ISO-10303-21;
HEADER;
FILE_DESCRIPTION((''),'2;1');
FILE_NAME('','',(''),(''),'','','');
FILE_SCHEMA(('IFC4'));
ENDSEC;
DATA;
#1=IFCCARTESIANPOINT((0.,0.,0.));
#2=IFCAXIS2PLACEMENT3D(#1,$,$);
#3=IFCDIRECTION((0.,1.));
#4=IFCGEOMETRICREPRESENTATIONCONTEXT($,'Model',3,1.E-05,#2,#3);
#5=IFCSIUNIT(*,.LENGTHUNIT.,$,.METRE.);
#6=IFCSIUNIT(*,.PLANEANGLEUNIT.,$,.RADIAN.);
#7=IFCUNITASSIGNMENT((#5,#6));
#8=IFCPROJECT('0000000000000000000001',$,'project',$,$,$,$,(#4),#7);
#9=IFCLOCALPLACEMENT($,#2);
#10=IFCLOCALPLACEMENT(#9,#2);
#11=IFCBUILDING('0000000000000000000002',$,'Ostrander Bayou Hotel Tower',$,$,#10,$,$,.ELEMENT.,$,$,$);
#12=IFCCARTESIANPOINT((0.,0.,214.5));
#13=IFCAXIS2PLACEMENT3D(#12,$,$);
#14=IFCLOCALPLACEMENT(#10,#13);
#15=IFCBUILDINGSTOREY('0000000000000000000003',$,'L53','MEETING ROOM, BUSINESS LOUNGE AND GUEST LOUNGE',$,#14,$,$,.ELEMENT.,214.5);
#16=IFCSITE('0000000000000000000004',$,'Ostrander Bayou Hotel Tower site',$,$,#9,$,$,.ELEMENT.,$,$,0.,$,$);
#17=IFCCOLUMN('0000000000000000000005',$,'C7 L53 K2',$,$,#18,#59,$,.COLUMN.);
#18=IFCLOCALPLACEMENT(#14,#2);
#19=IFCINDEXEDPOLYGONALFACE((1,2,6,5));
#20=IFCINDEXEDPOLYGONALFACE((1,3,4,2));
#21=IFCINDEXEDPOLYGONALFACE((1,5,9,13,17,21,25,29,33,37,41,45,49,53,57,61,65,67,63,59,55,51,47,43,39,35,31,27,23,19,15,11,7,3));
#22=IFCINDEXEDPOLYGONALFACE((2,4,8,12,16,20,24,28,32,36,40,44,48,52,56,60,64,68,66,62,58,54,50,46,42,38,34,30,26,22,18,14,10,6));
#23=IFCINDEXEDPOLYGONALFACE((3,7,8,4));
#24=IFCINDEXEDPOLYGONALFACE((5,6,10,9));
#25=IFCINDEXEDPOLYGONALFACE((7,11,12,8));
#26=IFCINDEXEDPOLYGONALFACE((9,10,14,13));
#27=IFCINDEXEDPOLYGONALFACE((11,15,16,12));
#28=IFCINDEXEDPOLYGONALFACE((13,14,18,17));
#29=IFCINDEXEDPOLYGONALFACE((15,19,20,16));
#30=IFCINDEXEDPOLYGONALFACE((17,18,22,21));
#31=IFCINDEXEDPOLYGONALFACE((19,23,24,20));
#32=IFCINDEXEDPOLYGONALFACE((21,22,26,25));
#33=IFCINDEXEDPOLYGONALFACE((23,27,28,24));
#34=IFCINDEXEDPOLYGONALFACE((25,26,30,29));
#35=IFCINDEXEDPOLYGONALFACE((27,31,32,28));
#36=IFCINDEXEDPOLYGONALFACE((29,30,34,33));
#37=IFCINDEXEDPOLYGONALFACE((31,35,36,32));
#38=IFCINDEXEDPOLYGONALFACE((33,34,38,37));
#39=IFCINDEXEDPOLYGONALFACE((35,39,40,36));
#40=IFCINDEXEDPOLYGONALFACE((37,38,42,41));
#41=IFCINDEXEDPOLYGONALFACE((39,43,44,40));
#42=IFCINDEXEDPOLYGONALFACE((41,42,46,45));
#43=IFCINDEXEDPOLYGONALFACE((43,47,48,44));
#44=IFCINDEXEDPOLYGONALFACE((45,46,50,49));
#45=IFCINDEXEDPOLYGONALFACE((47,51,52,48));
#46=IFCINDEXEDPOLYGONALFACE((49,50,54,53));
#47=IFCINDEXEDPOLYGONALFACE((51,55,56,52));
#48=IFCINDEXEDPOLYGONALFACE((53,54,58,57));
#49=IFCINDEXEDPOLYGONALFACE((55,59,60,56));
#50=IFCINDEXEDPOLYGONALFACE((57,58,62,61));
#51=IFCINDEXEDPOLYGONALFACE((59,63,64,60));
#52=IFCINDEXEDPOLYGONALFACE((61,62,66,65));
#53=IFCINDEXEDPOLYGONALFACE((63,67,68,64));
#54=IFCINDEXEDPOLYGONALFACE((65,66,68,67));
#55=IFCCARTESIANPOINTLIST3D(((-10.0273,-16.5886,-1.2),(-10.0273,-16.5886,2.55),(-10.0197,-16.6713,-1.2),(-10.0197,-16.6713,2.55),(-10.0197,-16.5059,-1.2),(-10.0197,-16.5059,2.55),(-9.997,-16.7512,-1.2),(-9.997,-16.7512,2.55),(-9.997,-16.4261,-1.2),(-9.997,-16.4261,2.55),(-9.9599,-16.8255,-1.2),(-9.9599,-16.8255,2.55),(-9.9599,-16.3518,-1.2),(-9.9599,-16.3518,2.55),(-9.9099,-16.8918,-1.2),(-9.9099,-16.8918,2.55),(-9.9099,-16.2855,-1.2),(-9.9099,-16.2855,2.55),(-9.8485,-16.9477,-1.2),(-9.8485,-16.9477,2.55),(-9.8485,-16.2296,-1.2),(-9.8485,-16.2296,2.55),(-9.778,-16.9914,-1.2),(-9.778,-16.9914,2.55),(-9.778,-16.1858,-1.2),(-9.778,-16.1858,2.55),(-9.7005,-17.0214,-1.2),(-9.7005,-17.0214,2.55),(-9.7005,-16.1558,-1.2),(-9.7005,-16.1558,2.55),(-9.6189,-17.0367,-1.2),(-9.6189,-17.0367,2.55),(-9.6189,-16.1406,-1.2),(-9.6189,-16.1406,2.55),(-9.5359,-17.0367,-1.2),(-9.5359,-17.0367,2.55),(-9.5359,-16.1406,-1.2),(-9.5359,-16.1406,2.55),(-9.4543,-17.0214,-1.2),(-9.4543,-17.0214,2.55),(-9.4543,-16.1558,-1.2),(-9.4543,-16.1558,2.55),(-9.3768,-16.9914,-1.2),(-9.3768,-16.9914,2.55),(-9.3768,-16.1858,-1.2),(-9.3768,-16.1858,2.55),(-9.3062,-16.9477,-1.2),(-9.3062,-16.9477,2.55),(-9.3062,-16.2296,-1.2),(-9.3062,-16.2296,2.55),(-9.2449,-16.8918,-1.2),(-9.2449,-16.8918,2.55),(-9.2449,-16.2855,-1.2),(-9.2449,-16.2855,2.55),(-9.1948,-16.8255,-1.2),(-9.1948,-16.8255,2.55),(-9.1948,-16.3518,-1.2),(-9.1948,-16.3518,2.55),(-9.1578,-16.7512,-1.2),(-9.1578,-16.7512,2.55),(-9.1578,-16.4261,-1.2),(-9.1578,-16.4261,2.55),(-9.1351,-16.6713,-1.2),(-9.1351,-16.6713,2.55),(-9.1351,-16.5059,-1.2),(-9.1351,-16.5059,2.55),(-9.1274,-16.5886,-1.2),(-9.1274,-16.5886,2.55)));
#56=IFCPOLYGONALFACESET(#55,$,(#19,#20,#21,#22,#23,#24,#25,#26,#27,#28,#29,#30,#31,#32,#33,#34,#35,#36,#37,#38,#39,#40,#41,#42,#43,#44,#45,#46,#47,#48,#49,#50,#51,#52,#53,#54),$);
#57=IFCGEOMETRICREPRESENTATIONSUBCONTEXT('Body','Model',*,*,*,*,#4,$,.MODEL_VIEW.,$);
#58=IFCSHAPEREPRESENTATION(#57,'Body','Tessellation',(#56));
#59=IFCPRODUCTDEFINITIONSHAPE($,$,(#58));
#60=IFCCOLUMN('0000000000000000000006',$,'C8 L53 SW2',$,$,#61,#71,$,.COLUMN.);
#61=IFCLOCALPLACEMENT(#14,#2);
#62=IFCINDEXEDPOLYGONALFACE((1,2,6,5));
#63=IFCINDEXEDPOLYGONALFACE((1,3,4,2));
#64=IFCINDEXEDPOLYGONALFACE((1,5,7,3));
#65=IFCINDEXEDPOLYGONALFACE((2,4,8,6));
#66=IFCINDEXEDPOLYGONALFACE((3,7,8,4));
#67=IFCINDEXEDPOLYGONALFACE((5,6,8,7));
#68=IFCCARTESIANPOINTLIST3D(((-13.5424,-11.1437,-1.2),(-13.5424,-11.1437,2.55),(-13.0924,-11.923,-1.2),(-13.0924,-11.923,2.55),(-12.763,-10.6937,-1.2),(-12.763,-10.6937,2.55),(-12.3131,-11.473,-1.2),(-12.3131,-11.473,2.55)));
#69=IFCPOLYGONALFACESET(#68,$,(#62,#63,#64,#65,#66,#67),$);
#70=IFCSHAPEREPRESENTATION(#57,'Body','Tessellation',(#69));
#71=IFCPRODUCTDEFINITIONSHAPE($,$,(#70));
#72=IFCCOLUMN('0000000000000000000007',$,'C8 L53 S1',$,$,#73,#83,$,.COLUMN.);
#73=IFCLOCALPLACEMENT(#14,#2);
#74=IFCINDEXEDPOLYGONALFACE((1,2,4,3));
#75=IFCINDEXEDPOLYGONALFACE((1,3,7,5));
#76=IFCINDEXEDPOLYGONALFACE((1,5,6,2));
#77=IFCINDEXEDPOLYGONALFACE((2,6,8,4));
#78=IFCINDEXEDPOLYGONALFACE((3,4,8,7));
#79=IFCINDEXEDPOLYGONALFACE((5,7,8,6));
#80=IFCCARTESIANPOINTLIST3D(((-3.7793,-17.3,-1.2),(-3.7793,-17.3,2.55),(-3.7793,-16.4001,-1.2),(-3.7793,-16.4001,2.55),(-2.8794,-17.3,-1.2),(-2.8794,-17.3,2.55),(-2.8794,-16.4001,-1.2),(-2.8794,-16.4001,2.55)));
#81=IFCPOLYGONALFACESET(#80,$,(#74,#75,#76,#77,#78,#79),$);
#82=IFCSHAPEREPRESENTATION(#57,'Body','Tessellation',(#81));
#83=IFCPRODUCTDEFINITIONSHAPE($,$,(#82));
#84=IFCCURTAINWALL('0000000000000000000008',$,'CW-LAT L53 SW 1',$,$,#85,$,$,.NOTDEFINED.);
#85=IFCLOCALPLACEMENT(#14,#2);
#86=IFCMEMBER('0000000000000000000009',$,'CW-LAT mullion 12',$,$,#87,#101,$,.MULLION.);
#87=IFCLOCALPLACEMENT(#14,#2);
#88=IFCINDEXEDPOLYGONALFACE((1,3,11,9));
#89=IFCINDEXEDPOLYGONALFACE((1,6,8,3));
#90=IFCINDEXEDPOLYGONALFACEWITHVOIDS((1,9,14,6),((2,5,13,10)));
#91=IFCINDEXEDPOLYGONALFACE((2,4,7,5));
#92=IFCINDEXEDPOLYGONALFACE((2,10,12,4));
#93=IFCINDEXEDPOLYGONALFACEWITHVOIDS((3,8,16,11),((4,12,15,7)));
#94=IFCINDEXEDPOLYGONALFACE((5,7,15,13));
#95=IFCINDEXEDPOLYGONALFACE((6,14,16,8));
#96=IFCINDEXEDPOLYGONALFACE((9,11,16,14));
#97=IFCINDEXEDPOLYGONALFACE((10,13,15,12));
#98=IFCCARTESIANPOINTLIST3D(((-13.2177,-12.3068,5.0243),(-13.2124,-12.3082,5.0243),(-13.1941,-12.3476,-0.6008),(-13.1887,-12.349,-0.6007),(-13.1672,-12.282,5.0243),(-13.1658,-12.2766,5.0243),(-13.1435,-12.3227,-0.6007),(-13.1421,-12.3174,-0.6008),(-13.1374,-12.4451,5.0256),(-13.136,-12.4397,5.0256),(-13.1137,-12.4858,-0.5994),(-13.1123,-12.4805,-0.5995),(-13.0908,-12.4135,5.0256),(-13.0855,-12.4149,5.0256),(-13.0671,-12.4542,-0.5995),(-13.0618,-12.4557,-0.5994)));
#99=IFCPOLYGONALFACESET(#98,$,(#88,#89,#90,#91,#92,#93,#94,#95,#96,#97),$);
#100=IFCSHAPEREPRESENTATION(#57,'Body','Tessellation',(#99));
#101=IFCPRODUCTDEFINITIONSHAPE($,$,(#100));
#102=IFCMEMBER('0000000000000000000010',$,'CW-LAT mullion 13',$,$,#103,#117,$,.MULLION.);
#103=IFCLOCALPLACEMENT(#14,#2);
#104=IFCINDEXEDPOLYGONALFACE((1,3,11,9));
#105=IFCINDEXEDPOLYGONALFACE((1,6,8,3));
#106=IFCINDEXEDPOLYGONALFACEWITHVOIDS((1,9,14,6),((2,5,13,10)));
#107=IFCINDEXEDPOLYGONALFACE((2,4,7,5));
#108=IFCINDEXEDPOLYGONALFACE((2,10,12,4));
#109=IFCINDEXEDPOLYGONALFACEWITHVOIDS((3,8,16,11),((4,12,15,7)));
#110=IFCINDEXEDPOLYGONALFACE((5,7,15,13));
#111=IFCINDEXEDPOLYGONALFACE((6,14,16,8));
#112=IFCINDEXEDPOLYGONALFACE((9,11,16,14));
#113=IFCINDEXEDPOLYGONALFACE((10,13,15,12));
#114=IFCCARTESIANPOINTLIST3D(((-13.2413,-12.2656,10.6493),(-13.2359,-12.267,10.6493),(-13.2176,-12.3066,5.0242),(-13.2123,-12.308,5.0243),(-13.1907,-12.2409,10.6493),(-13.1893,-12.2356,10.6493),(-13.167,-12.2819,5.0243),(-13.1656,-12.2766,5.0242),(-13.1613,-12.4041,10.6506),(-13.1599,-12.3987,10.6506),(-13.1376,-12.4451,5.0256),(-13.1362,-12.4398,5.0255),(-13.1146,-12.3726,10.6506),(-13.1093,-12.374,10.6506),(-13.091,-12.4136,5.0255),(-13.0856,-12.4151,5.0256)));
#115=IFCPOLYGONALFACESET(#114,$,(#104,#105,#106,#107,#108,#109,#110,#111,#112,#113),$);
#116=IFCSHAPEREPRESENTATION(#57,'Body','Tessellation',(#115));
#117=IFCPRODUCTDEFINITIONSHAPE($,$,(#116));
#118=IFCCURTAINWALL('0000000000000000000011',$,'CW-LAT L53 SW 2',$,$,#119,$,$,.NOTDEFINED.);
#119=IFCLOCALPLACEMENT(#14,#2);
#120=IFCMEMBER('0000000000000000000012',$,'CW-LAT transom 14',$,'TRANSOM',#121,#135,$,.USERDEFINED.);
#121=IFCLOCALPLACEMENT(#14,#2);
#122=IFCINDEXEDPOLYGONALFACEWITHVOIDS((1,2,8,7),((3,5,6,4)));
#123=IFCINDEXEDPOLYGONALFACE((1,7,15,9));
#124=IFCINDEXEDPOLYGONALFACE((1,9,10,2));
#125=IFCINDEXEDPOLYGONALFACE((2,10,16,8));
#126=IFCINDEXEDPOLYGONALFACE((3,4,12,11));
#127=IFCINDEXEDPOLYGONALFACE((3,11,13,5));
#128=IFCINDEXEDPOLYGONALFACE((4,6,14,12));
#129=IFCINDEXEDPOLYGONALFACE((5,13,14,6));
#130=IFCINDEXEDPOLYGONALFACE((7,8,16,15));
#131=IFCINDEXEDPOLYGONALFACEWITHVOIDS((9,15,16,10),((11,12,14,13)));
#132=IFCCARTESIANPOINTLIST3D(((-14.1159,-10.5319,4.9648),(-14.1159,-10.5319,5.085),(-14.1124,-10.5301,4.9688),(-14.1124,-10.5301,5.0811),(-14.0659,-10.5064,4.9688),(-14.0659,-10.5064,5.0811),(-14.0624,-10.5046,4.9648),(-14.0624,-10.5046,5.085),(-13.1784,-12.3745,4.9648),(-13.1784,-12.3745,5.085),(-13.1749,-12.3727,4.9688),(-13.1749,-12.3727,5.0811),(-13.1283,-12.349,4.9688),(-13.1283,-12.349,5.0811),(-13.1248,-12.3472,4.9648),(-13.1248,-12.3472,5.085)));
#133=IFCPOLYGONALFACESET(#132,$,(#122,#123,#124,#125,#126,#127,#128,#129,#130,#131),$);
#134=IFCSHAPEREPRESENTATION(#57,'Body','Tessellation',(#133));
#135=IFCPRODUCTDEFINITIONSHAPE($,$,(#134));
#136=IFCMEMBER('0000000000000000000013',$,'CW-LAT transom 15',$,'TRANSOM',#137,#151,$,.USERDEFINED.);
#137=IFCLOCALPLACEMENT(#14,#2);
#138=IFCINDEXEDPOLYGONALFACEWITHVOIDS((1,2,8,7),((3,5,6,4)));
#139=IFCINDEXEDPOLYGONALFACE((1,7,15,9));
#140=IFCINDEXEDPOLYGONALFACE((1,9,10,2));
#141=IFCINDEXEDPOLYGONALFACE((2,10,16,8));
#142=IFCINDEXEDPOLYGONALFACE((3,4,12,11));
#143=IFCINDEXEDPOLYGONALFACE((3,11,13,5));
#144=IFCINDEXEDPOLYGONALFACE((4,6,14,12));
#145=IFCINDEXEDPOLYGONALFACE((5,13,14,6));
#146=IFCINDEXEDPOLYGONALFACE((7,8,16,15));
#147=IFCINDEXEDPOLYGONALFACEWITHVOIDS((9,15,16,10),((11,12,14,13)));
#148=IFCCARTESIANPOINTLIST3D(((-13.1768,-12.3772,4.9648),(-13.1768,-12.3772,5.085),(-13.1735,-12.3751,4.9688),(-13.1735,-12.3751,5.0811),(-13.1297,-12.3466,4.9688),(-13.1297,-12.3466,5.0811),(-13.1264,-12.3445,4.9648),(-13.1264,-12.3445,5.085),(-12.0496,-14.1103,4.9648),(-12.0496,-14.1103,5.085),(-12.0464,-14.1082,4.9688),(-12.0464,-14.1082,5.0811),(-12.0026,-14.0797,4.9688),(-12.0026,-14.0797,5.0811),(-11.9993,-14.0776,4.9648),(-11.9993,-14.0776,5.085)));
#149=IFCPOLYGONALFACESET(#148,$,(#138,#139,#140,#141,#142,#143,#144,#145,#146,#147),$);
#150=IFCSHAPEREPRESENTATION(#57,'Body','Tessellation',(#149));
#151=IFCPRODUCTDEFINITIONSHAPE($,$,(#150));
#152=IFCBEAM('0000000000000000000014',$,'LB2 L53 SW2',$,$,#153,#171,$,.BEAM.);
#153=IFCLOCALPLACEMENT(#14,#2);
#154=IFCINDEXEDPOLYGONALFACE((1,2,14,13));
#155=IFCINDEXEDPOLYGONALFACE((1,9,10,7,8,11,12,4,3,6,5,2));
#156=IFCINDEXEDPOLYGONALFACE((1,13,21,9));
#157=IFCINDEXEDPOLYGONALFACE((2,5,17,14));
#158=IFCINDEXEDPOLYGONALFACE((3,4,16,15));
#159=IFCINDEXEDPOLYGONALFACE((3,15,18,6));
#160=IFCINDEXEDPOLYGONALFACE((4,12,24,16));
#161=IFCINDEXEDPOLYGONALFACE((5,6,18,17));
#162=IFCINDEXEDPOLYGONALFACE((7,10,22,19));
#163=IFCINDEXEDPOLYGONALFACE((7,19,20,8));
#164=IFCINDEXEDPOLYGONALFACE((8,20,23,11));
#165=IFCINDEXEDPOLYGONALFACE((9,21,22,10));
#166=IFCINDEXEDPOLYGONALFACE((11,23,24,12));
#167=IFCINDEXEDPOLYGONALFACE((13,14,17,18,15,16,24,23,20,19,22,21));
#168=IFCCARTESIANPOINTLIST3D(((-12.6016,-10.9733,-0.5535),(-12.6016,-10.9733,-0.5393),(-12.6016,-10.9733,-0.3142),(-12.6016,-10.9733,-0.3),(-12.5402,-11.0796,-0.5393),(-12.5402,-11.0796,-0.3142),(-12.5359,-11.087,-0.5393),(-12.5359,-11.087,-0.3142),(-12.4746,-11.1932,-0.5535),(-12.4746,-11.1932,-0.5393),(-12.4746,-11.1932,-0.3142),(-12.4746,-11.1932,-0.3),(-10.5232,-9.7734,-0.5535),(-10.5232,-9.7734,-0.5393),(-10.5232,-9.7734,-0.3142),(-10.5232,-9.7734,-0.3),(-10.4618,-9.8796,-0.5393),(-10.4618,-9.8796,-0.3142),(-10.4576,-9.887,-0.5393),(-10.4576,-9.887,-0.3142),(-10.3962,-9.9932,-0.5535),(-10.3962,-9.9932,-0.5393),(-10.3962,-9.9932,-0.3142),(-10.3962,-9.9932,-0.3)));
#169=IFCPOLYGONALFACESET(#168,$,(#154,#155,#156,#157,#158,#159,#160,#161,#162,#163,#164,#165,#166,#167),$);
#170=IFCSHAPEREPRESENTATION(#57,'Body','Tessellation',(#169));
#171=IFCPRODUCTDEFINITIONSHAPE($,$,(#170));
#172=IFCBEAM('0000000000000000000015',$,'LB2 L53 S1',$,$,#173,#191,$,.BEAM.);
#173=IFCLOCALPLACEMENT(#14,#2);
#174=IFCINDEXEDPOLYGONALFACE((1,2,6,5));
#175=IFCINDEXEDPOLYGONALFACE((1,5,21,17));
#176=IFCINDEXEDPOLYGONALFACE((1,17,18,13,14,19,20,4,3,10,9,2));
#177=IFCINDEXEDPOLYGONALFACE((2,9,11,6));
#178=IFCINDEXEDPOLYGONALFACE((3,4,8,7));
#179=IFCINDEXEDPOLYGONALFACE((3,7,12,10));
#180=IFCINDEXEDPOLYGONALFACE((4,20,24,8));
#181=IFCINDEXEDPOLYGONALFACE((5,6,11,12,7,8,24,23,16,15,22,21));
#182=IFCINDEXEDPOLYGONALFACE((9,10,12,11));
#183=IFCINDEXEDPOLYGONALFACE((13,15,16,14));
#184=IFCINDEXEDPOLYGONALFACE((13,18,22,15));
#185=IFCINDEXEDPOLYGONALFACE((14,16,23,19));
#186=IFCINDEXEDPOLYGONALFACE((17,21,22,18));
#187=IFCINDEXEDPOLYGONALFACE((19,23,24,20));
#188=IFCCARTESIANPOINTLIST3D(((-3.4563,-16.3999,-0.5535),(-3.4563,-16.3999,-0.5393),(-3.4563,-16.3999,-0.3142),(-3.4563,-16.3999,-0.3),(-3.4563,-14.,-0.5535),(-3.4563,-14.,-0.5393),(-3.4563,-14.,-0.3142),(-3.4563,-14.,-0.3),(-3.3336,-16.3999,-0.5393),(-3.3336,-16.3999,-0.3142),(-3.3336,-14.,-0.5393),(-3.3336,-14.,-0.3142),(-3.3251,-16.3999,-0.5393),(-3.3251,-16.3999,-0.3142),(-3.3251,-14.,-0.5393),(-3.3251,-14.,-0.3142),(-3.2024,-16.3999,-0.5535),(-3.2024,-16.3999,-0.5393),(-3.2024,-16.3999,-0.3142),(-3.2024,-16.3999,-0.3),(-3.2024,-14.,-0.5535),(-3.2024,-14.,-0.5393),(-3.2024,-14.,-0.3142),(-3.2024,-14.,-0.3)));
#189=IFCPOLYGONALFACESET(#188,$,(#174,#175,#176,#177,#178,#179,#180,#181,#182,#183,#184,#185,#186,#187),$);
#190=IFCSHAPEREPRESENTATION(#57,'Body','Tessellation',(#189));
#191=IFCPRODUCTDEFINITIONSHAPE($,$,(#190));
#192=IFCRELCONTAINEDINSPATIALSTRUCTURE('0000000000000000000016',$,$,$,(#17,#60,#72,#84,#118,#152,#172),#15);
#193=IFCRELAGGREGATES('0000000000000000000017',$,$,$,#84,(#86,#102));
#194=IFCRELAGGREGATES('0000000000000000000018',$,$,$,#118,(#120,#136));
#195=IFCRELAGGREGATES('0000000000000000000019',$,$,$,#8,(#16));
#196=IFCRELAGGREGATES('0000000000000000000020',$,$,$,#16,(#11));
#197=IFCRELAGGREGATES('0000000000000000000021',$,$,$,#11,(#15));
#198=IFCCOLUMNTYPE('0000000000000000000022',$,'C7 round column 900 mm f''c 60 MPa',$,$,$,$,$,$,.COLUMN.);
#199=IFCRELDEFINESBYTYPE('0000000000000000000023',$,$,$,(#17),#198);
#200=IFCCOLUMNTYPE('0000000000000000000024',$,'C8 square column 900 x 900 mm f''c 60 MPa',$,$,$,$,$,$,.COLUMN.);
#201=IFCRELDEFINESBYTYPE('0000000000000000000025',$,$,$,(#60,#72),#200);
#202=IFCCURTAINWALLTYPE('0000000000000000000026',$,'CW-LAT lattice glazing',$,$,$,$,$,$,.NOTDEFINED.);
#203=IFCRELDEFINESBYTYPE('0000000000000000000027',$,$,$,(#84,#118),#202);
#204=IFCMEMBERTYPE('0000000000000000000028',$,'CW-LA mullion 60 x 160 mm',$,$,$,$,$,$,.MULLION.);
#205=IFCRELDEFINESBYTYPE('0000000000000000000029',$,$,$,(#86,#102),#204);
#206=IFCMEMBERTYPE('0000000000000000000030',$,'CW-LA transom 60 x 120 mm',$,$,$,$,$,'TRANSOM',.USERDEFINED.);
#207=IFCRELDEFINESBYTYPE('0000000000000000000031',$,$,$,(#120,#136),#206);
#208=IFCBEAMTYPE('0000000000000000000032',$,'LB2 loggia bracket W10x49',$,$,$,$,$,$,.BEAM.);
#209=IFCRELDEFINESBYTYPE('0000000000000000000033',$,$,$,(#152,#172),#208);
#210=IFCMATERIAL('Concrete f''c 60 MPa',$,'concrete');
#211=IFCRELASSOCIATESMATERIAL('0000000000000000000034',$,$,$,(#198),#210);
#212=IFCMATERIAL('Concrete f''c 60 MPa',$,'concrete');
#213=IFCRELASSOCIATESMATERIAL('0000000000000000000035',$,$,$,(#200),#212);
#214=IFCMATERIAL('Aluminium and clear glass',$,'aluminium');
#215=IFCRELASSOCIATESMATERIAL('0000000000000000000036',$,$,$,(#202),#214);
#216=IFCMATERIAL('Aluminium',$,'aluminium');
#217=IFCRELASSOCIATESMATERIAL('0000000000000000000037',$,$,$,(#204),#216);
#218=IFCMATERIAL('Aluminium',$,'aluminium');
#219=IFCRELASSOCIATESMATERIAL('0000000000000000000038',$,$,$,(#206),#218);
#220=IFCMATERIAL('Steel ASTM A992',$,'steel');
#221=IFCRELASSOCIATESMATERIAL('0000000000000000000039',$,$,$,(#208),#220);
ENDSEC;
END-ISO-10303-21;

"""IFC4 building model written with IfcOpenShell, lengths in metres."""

from ifc_helpers import new_model, si_unit, direction, frame, origin, origin_2d, place, context, subcontext, project, spatial, rectangle, hollow_rectangle, circle, i_section, extrude, material, material_profile, profile_set, type_object, element, aggregate, save


model = new_model("IFC4")

# Units and contexts
model_context = context("Model", 3, precision=1e-05, world=origin(), true_north=direction((0.0, 1.0)))
body_context = subcontext(model_context, "Body", "Model", "MODEL_VIEW")
ifc_project = project(units=[si_unit("LENGTHUNIT", "METRE"), si_unit("PLANEANGLEUNIT", "RADIAN")], contexts=[model_context])

# Site, building, storey
site_placement = place(None, origin())
site = spatial("IfcSite", under=ifc_project, at=site_placement, Name="Ostrander Bayou Hotel Tower site", CompositionType="ELEMENT", RefElevation=0.0)
building_placement = place(site_placement, origin())
building = spatial("IfcBuilding", under=site, at=building_placement, Name="Ostrander Bayou Hotel Tower", CompositionType="ELEMENT")
storey_placement = place(building_placement, frame((0.0, 0.0, 214.5)))
storey = spatial("IfcBuildingStorey", under=building, at=storey_placement, Name="L53", Description="MEETING ROOM, BUSINESS LOUNGE AND GUEST LOUNGE", CompositionType="ELEMENT", Elevation=214.5)

# Columns
ifc_material_1 = material(Name="Concrete f'c 60 MPa", Category="concrete")
ifc_material_profile_1 = material_profile(ifc_material_1, circle(Radius=0.45, at=origin_2d()))
ifc_profile_set_1 = profile_set([ifc_material_profile_1], Name="Concrete f'c 60 MPa")
column_type_1 = type_object("IfcColumnType", Name="C7 round column 900 mm f'c 60 MPa", PredefinedType="COLUMN", material=ifc_profile_set_1)
column_placement = place(storey_placement, frame((-9.5774, -16.5886, -1.2), z_axis=(0.0, 0.0, 1.0), x_axis=(1.0, 0.0, 0.0)))
element("IfcColumn", 1, at=column_placement, inside=storey, type_object=column_type_1, Name="C7 L53 K2", PredefinedType="COLUMN", context=body_context, shape_type="SweptSolid", body=[
    extrude(circle(Radius=0.45, at=origin_2d()), origin(), (0.0, 0.0, 1.0), 3.75),
])
ifc_material_2 = material(Name="Concrete f'c 60 MPa", Category="concrete")
ifc_material_profile_2 = material_profile(ifc_material_2, rectangle(XDim=0.8999, YDim=0.8999, at=origin_2d()))
ifc_profile_set_2 = profile_set([ifc_material_profile_2], Name="Concrete f'c 60 MPa")
column_type_2 = type_object("IfcColumnType", Name="C8 square column 900 x 900 mm f'c 60 MPa", PredefinedType="COLUMN", material=ifc_profile_set_2)
for number, where, z_axis, x_axis, name in (
    (2, (-12.9277, -11.3083, -1.2), (0.0, 0.0, 1.0), (-0.5, 0.866025, 0.0), "C8 L53 SW2"),
    (3, (-3.3293, -16.8501, -1.2), (0.0, 0.0, 1.0), (-1.0, 0.0, 0.0), "C8 L53 S1"),
):
    element("IfcColumn", number, at=place(storey_placement, frame(where, z_axis=z_axis, x_axis=x_axis)), inside=storey, type_object=column_type_2, Name=name, PredefinedType="COLUMN", context=body_context, shape_type="SweptSolid", body=[
        extrude(rectangle(XDim=0.8999, YDim=0.8999, at=origin_2d()), origin(), (0.0, 0.0, 1.0), 3.75),
    ])

# Curtain walls, members
ifc_material_3 = material(Name="Aluminium and clear glass", Category="aluminium")
curtain_wall_type = type_object("IfcCurtainWallType", Name="CW-LAT lattice glazing", PredefinedType="NOTDEFINED", material=ifc_material_3)
curtain_wall_1_placement = place(storey_placement, origin())
curtain_wall_1 = element("IfcCurtainWall", 4, at=curtain_wall_1_placement, inside=storey, type_object=curtain_wall_type, Name="CW-LAT L53 SW 1", PredefinedType="NOTDEFINED")
ifc_material_4 = material(Name="Aluminium", Category="aluminium")
ifc_material_profile_3 = material_profile(ifc_material_4, hollow_rectangle(XDim=0.0601, YDim=0.1599, WallThickness=0.0039, at=origin_2d()))
ifc_profile_set_3 = profile_set([ifc_material_profile_3], Name="Aluminium")
member_type_1 = type_object("IfcMemberType", Name="CW-LA mullion 60 x 160 mm", PredefinedType="MULLION", material=ifc_profile_set_3)
member_1_placement = place(storey_placement, frame((-13.1279, -12.4016, -0.6001), z_axis=(-0.00421, 0.007248, 0.999965), x_axis=(-0.864716, -0.50226, 0.0)))
member_1 = element("IfcMember", 5, at=member_1_placement, type_object=member_type_1, Name="CW-LAT mullion 12", PredefinedType="MULLION", context=body_context, shape_type="SweptSolid", body=[
    extrude(hollow_rectangle(XDim=0.0601, YDim=0.1599, WallThickness=0.0039, at=origin_2d()), origin(), (0.0, 0.0, 1.0), 5.6252),
])
member_2_placement = place(storey_placement, frame((-13.1516, -12.3608, 5.0249), z_axis=(-0.00421, 0.007291, 0.999965), x_axis=(-0.866014, -0.50002, 0.0)))
member_2 = element("IfcMember", 6, at=member_2_placement, type_object=member_type_1, Name="CW-LAT mullion 13", PredefinedType="MULLION", context=body_context, shape_type="SweptSolid", body=[
    extrude(hollow_rectangle(XDim=0.0601, YDim=0.1599, WallThickness=0.0039, at=origin_2d()), origin(), (0.0, 0.0, 1.0), 5.6252),
])
aggregate(curtain_wall_1, [member_1, member_2])
curtain_wall_2_placement = place(storey_placement, origin())
curtain_wall_2 = element("IfcCurtainWall", 7, at=curtain_wall_2_placement, inside=storey, type_object=curtain_wall_type, Name="CW-LAT L53 SW 2", PredefinedType="NOTDEFINED")
ifc_material_5 = material(Name="Aluminium", Category="aluminium")
ifc_material_profile_4 = material_profile(ifc_material_5, hollow_rectangle(XDim=0.0601, YDim=0.1201, WallThickness=0.0039, at=origin_2d()))
ifc_profile_set_4 = profile_set([ifc_material_profile_4], Name="Aluminium")
member_type_2 = type_object("IfcMemberType", Name="CW-LA transom 60 x 120 mm", ElementType="TRANSOM", PredefinedType="USERDEFINED", material=ifc_profile_set_4)
member_3_placement = place(storey_placement, frame((-13.1516, -12.3608, 5.0249), z_axis=(-0.453485, 0.891264, 0.0), x_axis=(-0.891264, -0.453485, 0.0)))
member_3 = element("IfcMember", 8, at=member_3_placement, type_object=member_type_2, Name="CW-LAT transom 14", ObjectType="TRANSOM", PredefinedType="USERDEFINED", context=body_context, shape_type="SweptSolid", body=[
    extrude(hollow_rectangle(XDim=0.0601, YDim=0.1201, WallThickness=0.0039, at=origin_2d()), origin(), (0.0, 0.0, 1.0), 2.0674),
])
member_4_placement = place(storey_placement, frame((-13.1516, -12.3608, 5.0249), z_axis=(0.545208, -0.838301, 0.0), x_axis=(0.838301, 0.545208, 0.0)))
member_4 = element("IfcMember", 9, at=member_4_placement, type_object=member_type_2, Name="CW-LAT transom 15", ObjectType="TRANSOM", PredefinedType="USERDEFINED", context=body_context, shape_type="SweptSolid", body=[
    extrude(hollow_rectangle(XDim=0.0601, YDim=0.1201, WallThickness=0.0039, at=origin_2d()), origin(), (0.0, 0.0, 1.0), 2.0674),
])

# Beams
ifc_material_6 = material(Name="Steel ASTM A992", Category="steel")
ifc_material_profile_5 = material_profile(ifc_material_6, i_section(OverallWidth=0.2539, OverallDepth=0.2534, WebThickness=0.0085, FlangeThickness=0.0142, at=origin_2d()))
ifc_profile_set_5 = profile_set([ifc_material_profile_5], Name="Steel ASTM A992")
beam_type_1 = type_object("IfcBeamType", Name="LB2 loggia bracket W10x49", PredefinedType="BEAM", material=ifc_profile_set_5)
for number, where, z_axis, x_axis, name in (
    (10, (-12.5381, -11.0833, -0.4268), (0.866025, 0.500001, 0.0), (-0.500001, 0.866025, 0.0), "LB2 L53 SW2"),
    (11, (-3.3293, -16.3999, -0.4268), (0.0, 1.0, 0.0), (-1.0, 0.0, 0.0), "LB2 L53 S1"),
):
    element("IfcBeam", number, at=place(storey_placement, frame(where, z_axis=z_axis, x_axis=x_axis)), inside=storey, type_object=beam_type_1, Name=name, PredefinedType="BEAM", context=body_context, shape_type="SweptSolid", body=[
        extrude(i_section(OverallWidth=0.2539, OverallDepth=0.2534, WebThickness=0.0085, FlangeThickness=0.0142, at=origin_2d()), origin(), (0.0, 0.0, 1.0), 2.3999),
    ])

aggregate(curtain_wall_2, [member_3, member_4])

save(model, "model.ifc")
